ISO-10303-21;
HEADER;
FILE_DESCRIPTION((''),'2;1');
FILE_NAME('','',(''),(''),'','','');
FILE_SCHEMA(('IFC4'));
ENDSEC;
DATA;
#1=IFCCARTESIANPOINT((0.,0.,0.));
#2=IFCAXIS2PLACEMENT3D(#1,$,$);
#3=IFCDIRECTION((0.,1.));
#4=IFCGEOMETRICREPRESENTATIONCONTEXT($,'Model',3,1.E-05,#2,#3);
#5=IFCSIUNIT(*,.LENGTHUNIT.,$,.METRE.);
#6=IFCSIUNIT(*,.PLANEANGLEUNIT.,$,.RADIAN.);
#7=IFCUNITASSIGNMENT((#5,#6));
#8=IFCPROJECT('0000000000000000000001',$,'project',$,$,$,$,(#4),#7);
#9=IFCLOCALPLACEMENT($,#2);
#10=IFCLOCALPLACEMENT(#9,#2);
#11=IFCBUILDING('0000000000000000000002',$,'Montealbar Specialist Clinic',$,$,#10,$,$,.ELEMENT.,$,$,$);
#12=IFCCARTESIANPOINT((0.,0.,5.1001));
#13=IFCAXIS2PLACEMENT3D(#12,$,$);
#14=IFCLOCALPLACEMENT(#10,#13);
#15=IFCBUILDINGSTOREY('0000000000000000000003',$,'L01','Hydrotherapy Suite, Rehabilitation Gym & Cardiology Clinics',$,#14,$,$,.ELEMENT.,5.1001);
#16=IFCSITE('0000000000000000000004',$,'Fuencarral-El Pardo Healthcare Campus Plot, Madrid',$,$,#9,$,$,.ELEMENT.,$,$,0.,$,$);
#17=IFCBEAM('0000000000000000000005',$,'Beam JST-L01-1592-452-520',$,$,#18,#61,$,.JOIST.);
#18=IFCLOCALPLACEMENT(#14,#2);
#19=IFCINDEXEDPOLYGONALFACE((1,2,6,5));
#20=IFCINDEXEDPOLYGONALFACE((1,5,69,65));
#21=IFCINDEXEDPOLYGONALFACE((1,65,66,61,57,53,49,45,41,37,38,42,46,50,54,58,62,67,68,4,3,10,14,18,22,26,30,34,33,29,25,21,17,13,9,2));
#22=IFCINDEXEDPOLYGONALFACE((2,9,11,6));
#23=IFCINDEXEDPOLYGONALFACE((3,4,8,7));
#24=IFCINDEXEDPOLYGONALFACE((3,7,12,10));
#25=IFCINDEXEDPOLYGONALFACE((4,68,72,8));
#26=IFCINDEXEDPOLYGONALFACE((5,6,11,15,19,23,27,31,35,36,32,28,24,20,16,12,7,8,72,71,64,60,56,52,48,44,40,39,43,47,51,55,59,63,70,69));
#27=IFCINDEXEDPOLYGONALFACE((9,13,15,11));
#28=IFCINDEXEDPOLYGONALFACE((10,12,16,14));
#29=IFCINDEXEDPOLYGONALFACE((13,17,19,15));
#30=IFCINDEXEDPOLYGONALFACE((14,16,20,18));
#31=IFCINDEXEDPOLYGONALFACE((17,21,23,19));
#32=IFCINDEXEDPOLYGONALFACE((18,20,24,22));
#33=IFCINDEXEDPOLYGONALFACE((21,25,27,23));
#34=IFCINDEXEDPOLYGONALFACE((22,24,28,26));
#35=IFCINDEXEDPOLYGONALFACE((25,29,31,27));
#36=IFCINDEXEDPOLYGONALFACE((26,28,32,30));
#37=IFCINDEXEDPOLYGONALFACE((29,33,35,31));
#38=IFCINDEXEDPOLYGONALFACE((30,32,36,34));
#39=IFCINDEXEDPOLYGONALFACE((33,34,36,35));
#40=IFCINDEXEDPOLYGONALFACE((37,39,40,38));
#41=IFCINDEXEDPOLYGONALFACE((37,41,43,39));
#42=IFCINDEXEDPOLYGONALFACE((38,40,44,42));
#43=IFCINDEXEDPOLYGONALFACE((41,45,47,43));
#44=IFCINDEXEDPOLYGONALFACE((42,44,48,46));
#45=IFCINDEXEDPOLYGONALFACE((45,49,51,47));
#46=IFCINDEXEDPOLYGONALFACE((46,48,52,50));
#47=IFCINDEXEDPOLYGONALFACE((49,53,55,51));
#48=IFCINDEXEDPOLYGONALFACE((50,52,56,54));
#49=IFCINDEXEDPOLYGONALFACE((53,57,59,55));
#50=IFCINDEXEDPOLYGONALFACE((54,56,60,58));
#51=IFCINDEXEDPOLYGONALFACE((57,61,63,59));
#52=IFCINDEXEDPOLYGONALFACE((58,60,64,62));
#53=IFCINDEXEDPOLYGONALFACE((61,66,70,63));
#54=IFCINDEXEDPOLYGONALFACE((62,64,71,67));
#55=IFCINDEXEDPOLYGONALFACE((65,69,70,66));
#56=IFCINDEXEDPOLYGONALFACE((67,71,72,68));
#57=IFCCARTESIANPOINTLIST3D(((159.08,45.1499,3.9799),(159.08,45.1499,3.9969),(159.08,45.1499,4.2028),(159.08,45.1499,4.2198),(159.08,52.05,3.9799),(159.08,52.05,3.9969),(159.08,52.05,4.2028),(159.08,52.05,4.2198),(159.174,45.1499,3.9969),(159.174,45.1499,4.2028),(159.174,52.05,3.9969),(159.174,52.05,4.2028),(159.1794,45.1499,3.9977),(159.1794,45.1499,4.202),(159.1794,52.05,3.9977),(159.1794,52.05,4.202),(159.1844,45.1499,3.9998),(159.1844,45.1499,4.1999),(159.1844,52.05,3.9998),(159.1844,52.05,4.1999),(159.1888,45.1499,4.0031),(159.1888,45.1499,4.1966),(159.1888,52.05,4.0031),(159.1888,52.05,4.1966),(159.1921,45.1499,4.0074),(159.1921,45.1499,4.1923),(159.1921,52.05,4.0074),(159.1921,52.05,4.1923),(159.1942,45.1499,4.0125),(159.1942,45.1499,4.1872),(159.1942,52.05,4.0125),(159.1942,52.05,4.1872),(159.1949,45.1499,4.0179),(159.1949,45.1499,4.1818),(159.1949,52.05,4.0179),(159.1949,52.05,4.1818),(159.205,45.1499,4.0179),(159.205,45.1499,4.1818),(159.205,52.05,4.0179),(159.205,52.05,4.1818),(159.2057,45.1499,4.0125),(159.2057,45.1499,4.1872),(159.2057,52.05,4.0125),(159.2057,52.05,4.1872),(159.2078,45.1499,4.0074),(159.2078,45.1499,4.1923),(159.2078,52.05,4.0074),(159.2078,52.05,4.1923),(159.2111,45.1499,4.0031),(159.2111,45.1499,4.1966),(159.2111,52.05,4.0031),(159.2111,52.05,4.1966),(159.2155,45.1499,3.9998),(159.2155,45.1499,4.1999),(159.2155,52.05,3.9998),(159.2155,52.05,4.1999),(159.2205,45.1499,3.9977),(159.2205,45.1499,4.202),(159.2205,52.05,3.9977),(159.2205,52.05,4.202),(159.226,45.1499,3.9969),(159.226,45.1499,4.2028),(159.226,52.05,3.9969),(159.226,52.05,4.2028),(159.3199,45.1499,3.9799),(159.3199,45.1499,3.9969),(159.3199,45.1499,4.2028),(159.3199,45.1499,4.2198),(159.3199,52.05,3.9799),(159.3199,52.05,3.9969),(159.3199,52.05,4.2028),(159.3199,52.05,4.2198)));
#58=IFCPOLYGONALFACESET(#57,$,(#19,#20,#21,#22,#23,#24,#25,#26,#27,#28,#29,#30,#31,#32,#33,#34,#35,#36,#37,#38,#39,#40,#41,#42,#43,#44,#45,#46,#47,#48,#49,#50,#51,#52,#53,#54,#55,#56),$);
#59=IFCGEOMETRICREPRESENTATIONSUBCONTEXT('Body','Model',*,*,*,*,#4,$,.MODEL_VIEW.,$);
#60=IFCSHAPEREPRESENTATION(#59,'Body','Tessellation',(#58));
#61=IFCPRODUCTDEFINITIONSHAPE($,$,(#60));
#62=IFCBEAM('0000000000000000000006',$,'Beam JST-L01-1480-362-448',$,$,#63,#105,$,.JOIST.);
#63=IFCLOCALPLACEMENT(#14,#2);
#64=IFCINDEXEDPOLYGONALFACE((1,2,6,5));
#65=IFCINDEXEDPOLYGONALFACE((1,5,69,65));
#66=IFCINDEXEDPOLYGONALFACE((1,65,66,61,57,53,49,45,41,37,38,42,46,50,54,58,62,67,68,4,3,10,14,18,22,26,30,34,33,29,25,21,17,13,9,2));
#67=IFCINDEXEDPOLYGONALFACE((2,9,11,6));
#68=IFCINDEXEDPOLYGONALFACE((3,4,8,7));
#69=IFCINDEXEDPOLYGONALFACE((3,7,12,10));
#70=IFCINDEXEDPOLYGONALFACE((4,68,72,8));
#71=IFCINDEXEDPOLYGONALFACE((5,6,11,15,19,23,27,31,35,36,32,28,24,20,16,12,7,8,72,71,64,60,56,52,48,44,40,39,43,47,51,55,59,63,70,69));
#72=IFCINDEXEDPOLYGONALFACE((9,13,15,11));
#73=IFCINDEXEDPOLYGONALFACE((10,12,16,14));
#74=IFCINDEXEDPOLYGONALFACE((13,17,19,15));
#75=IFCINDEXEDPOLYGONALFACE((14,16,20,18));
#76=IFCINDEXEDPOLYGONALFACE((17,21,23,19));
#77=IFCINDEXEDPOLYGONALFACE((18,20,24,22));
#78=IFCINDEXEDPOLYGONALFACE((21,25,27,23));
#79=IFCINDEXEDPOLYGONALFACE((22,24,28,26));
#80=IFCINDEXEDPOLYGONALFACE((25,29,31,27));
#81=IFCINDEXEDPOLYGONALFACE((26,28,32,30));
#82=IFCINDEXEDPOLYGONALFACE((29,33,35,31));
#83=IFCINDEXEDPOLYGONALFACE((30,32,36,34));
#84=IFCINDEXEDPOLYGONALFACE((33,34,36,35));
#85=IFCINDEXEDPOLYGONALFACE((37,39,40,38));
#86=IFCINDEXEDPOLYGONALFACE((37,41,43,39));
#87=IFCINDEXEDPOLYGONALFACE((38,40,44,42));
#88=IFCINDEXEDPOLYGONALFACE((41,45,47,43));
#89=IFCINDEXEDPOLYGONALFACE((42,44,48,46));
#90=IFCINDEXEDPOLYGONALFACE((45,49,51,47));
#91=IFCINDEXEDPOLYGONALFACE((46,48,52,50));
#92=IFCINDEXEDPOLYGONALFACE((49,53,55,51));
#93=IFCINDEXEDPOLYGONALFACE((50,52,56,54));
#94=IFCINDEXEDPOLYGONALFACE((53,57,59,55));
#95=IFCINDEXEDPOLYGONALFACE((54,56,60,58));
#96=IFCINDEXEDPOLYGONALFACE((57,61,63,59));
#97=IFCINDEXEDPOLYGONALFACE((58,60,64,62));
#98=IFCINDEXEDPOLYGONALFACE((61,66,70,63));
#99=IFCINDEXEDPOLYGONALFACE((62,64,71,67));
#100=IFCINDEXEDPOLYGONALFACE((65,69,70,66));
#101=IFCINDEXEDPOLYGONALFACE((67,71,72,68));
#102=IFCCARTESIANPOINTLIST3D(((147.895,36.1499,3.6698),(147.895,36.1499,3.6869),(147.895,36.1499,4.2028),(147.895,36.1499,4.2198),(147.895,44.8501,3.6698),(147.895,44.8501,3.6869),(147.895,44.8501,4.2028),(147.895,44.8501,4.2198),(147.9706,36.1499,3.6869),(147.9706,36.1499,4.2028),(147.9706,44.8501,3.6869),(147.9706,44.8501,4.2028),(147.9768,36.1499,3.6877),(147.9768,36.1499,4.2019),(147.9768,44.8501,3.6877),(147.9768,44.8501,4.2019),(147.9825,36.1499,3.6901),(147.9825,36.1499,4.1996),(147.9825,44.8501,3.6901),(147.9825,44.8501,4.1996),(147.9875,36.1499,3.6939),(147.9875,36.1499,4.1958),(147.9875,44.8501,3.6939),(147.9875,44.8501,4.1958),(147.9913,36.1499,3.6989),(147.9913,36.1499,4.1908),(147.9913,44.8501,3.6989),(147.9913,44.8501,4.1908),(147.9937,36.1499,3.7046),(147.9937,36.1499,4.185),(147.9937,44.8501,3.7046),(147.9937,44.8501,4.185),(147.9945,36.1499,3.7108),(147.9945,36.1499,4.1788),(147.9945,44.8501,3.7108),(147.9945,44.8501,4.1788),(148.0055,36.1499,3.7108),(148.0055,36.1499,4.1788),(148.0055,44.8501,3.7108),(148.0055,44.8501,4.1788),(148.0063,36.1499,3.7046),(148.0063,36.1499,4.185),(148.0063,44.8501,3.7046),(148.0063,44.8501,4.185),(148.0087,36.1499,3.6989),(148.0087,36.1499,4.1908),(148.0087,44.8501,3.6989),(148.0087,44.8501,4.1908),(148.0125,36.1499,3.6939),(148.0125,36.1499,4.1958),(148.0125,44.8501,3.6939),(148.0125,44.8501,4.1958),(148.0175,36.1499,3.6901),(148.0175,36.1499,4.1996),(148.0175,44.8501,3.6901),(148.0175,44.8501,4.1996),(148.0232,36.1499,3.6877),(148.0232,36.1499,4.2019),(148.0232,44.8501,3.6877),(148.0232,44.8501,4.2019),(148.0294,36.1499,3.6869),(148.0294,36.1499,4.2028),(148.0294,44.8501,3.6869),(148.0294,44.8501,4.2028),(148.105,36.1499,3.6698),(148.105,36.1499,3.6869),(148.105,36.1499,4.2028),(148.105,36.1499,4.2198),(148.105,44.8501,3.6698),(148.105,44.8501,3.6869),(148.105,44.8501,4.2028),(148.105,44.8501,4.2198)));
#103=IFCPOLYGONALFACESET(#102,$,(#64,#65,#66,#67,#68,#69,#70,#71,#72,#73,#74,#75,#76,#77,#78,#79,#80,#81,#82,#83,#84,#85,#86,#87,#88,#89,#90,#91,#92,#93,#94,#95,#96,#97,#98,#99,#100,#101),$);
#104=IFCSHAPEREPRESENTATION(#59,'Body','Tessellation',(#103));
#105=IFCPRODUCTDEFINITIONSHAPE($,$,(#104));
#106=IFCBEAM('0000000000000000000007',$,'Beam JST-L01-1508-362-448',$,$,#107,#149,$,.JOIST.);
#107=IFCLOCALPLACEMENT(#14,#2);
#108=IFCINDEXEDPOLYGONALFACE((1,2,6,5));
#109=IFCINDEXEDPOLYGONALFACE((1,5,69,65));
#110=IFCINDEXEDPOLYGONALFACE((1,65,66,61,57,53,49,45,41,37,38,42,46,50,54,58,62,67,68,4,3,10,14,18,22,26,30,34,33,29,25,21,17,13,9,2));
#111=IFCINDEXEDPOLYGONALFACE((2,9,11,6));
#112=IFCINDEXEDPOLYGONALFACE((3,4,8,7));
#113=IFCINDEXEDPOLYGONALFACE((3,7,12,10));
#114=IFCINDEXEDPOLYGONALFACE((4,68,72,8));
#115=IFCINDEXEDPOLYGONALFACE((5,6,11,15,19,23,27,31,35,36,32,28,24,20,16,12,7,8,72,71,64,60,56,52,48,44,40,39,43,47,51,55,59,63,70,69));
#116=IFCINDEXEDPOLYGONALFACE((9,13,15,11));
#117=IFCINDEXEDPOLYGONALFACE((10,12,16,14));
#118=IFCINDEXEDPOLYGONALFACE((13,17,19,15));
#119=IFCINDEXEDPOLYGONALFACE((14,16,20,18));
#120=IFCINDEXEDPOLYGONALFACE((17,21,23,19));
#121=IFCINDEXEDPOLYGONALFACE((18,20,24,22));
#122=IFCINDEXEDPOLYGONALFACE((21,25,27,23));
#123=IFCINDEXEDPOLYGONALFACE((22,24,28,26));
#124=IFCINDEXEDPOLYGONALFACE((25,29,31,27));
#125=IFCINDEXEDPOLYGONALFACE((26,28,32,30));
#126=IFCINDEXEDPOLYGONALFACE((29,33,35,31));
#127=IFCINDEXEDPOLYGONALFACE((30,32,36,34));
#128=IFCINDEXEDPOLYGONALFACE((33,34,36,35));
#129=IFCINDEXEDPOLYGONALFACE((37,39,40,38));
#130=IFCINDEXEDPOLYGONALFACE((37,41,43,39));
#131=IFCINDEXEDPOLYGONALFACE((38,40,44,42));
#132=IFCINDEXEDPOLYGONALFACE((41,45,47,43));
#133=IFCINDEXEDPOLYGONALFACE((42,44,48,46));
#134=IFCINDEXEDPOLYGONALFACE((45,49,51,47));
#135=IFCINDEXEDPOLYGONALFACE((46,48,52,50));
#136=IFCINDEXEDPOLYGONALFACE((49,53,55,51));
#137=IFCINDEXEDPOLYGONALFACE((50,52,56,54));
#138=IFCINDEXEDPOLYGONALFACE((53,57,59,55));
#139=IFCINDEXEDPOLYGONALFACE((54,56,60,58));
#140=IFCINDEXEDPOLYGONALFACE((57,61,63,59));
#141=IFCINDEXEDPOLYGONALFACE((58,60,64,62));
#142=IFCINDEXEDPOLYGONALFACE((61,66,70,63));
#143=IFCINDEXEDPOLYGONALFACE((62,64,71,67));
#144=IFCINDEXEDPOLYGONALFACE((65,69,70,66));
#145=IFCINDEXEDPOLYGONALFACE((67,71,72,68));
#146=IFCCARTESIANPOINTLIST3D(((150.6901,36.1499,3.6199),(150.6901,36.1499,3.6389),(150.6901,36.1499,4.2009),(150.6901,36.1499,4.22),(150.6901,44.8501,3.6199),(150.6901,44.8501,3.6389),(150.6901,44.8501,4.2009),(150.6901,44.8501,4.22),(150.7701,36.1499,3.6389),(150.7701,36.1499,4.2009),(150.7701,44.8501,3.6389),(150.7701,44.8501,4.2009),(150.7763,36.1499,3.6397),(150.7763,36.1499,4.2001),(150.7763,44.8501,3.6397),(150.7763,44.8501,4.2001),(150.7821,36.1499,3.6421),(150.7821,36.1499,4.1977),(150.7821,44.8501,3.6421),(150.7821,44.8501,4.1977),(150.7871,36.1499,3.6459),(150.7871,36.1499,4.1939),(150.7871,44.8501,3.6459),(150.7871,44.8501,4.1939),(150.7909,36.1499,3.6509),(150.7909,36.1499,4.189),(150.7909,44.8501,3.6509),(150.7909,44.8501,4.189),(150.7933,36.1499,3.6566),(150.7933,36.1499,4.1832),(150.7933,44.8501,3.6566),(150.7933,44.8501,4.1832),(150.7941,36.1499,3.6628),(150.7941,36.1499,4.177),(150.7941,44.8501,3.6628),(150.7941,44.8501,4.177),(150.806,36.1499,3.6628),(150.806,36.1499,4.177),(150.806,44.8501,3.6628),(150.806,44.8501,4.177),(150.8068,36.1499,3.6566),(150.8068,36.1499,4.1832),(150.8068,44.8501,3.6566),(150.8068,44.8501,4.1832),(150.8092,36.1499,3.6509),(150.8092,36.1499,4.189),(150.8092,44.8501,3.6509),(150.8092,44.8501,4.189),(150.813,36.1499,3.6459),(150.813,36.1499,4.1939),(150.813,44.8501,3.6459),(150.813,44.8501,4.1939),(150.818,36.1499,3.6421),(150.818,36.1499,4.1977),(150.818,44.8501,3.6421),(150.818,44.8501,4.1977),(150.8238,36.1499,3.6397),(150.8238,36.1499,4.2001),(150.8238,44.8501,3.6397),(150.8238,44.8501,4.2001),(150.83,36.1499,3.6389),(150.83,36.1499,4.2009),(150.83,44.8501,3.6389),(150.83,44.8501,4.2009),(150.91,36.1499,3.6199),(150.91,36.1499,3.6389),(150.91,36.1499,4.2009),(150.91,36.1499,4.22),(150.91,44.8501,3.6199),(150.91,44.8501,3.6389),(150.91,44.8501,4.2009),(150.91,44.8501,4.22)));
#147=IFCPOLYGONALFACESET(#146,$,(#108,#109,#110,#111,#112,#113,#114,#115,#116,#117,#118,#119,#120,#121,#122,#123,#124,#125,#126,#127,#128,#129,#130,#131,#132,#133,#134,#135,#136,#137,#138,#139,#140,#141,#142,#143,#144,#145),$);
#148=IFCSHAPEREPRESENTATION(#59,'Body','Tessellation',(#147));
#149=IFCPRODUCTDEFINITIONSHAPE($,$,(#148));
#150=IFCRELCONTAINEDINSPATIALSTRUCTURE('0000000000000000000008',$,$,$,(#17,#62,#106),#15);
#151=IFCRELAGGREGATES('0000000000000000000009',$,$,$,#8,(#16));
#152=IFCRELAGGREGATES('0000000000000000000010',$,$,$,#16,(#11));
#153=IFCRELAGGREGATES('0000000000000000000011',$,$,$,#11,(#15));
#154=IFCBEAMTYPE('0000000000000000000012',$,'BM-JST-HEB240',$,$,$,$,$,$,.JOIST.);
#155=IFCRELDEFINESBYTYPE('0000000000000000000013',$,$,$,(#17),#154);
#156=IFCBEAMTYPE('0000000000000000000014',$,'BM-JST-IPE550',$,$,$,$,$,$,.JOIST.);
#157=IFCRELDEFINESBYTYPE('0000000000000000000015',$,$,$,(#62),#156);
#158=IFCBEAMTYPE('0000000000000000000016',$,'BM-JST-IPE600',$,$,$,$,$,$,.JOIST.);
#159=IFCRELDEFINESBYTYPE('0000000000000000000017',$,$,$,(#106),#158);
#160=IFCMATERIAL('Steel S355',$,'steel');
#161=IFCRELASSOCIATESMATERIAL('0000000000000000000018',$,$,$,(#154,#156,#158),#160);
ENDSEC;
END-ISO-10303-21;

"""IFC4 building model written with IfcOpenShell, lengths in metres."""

from ifc_helpers import new_model, si_unit, direction, frame, origin, origin_2d, place, context, subcontext, project, spatial, i_section, extrude, material, material_profile, profile_set, type_object, element, save


model = new_model("IFC4")

# Units and contexts
model_context = context("Model", 3, precision=1e-05, world=origin(), true_north=direction((0.0, 1.0)))
body_context = subcontext(model_context, "Body", "Model", "MODEL_VIEW")
ifc_project = project(units=[si_unit("LENGTHUNIT", "METRE"), si_unit("PLANEANGLEUNIT", "RADIAN")], contexts=[model_context])

# Site, building, storey
site_placement = place(None, origin())
site = spatial("IfcSite", under=ifc_project, at=site_placement, Name="Fuencarral-El Pardo Healthcare Campus Plot, Madrid", CompositionType="ELEMENT", RefElevation=0.0)
building_placement = place(site_placement, origin())
building = spatial("IfcBuilding", under=site, at=building_placement, Name="Montealbar Specialist Clinic", CompositionType="ELEMENT")
storey_placement = place(building_placement, frame((0.0, 0.0, 5.1001)))
storey = spatial("IfcBuildingStorey", under=building, at=storey_placement, Name="L01", Description="Hydrotherapy Suite, Rehabilitation Gym & Cardiology Clinics", CompositionType="ELEMENT", Elevation=5.1001)

# Shared definitions
ifc_material_1 = material(Name="Steel S355", Category="steel")

# Beams
ifc_material_profile_1 = material_profile(ifc_material_1, i_section(OverallWidth=0.24, OverallDepth=0.24, WebThickness=0.01, FlangeThickness=0.0171, FilletRadius=0.021, at=origin_2d()), Name="HEB 240", Category="steel")
ifc_profile_set_1 = profile_set([ifc_material_profile_1], Name="Steel S355")
beam_type_1 = type_object("IfcBeamType", Name="BM-JST-HEB240", PredefinedType="JOIST", material=ifc_profile_set_1)
beam_1_placement = place(storey_placement, frame((159.2, 45.1499, 4.0999), z_axis=(0.0, 1.0, 0.0), x_axis=(-1.0, 0.0, 0.0)))
element("IfcBeam", 1, at=beam_1_placement, inside=storey, type_object=beam_type_1, Name="Beam JST-L01-1592-452-520", PredefinedType="JOIST", context=body_context, shape_type="SweptSolid", body=[
    extrude(i_section(OverallWidth=0.24, OverallDepth=0.24, WebThickness=0.01, FlangeThickness=0.0171, FilletRadius=0.021, at=origin_2d()), origin(), (0.0, 0.0, 1.0), 6.9001),
])
ifc_material_profile_2 = material_profile(ifc_material_1, i_section(OverallWidth=0.21, OverallDepth=0.55, WebThickness=0.011, FlangeThickness=0.0171, FilletRadius=0.0239, at=origin_2d()), Name="IPE 550", Category="steel")
ifc_profile_set_2 = profile_set([ifc_material_profile_2], Name="Steel S355")
beam_type_2 = type_object("IfcBeamType", Name="BM-JST-IPE550", PredefinedType="JOIST", material=ifc_profile_set_2)
beam_2_placement = place(storey_placement, frame((148.0, 36.1499, 3.9448), z_axis=(0.0, 1.0, 0.0), x_axis=(-1.0, 0.0, 0.0)))
element("IfcBeam", 2, at=beam_2_placement, inside=storey, type_object=beam_type_2, Name="Beam JST-L01-1480-362-448", PredefinedType="JOIST", context=body_context, shape_type="SweptSolid", body=[
    extrude(i_section(OverallWidth=0.21, OverallDepth=0.55, WebThickness=0.011, FlangeThickness=0.0171, FilletRadius=0.0239, at=origin_2d()), origin(), (0.0, 0.0, 1.0), 8.7002),
])
ifc_material_profile_3 = material_profile(ifc_material_1, i_section(OverallWidth=0.22, OverallDepth=0.6001, WebThickness=0.012, FlangeThickness=0.019, FilletRadius=0.0239, at=origin_2d()), Name="IPE 600", Category="steel")
ifc_profile_set_3 = profile_set([ifc_material_profile_3], Name="Steel S355")
beam_type_3 = type_object("IfcBeamType", Name="BM-JST-IPE600", PredefinedType="JOIST", material=ifc_profile_set_3)
beam_3_placement = place(storey_placement, frame((150.8, 36.1499, 3.9199), z_axis=(0.0, 1.0, 0.0), x_axis=(-1.0, 0.0, 0.0)))
element("IfcBeam", 3, at=beam_3_placement, inside=storey, type_object=beam_type_3, Name="Beam JST-L01-1508-362-448", PredefinedType="JOIST", context=body_context, shape_type="SweptSolid", body=[
    extrude(i_section(OverallWidth=0.22, OverallDepth=0.6001, WebThickness=0.012, FlangeThickness=0.019, FilletRadius=0.0239, at=origin_2d()), origin(), (0.0, 0.0, 1.0), 8.7002),
])

save(model, "model.ifc")
